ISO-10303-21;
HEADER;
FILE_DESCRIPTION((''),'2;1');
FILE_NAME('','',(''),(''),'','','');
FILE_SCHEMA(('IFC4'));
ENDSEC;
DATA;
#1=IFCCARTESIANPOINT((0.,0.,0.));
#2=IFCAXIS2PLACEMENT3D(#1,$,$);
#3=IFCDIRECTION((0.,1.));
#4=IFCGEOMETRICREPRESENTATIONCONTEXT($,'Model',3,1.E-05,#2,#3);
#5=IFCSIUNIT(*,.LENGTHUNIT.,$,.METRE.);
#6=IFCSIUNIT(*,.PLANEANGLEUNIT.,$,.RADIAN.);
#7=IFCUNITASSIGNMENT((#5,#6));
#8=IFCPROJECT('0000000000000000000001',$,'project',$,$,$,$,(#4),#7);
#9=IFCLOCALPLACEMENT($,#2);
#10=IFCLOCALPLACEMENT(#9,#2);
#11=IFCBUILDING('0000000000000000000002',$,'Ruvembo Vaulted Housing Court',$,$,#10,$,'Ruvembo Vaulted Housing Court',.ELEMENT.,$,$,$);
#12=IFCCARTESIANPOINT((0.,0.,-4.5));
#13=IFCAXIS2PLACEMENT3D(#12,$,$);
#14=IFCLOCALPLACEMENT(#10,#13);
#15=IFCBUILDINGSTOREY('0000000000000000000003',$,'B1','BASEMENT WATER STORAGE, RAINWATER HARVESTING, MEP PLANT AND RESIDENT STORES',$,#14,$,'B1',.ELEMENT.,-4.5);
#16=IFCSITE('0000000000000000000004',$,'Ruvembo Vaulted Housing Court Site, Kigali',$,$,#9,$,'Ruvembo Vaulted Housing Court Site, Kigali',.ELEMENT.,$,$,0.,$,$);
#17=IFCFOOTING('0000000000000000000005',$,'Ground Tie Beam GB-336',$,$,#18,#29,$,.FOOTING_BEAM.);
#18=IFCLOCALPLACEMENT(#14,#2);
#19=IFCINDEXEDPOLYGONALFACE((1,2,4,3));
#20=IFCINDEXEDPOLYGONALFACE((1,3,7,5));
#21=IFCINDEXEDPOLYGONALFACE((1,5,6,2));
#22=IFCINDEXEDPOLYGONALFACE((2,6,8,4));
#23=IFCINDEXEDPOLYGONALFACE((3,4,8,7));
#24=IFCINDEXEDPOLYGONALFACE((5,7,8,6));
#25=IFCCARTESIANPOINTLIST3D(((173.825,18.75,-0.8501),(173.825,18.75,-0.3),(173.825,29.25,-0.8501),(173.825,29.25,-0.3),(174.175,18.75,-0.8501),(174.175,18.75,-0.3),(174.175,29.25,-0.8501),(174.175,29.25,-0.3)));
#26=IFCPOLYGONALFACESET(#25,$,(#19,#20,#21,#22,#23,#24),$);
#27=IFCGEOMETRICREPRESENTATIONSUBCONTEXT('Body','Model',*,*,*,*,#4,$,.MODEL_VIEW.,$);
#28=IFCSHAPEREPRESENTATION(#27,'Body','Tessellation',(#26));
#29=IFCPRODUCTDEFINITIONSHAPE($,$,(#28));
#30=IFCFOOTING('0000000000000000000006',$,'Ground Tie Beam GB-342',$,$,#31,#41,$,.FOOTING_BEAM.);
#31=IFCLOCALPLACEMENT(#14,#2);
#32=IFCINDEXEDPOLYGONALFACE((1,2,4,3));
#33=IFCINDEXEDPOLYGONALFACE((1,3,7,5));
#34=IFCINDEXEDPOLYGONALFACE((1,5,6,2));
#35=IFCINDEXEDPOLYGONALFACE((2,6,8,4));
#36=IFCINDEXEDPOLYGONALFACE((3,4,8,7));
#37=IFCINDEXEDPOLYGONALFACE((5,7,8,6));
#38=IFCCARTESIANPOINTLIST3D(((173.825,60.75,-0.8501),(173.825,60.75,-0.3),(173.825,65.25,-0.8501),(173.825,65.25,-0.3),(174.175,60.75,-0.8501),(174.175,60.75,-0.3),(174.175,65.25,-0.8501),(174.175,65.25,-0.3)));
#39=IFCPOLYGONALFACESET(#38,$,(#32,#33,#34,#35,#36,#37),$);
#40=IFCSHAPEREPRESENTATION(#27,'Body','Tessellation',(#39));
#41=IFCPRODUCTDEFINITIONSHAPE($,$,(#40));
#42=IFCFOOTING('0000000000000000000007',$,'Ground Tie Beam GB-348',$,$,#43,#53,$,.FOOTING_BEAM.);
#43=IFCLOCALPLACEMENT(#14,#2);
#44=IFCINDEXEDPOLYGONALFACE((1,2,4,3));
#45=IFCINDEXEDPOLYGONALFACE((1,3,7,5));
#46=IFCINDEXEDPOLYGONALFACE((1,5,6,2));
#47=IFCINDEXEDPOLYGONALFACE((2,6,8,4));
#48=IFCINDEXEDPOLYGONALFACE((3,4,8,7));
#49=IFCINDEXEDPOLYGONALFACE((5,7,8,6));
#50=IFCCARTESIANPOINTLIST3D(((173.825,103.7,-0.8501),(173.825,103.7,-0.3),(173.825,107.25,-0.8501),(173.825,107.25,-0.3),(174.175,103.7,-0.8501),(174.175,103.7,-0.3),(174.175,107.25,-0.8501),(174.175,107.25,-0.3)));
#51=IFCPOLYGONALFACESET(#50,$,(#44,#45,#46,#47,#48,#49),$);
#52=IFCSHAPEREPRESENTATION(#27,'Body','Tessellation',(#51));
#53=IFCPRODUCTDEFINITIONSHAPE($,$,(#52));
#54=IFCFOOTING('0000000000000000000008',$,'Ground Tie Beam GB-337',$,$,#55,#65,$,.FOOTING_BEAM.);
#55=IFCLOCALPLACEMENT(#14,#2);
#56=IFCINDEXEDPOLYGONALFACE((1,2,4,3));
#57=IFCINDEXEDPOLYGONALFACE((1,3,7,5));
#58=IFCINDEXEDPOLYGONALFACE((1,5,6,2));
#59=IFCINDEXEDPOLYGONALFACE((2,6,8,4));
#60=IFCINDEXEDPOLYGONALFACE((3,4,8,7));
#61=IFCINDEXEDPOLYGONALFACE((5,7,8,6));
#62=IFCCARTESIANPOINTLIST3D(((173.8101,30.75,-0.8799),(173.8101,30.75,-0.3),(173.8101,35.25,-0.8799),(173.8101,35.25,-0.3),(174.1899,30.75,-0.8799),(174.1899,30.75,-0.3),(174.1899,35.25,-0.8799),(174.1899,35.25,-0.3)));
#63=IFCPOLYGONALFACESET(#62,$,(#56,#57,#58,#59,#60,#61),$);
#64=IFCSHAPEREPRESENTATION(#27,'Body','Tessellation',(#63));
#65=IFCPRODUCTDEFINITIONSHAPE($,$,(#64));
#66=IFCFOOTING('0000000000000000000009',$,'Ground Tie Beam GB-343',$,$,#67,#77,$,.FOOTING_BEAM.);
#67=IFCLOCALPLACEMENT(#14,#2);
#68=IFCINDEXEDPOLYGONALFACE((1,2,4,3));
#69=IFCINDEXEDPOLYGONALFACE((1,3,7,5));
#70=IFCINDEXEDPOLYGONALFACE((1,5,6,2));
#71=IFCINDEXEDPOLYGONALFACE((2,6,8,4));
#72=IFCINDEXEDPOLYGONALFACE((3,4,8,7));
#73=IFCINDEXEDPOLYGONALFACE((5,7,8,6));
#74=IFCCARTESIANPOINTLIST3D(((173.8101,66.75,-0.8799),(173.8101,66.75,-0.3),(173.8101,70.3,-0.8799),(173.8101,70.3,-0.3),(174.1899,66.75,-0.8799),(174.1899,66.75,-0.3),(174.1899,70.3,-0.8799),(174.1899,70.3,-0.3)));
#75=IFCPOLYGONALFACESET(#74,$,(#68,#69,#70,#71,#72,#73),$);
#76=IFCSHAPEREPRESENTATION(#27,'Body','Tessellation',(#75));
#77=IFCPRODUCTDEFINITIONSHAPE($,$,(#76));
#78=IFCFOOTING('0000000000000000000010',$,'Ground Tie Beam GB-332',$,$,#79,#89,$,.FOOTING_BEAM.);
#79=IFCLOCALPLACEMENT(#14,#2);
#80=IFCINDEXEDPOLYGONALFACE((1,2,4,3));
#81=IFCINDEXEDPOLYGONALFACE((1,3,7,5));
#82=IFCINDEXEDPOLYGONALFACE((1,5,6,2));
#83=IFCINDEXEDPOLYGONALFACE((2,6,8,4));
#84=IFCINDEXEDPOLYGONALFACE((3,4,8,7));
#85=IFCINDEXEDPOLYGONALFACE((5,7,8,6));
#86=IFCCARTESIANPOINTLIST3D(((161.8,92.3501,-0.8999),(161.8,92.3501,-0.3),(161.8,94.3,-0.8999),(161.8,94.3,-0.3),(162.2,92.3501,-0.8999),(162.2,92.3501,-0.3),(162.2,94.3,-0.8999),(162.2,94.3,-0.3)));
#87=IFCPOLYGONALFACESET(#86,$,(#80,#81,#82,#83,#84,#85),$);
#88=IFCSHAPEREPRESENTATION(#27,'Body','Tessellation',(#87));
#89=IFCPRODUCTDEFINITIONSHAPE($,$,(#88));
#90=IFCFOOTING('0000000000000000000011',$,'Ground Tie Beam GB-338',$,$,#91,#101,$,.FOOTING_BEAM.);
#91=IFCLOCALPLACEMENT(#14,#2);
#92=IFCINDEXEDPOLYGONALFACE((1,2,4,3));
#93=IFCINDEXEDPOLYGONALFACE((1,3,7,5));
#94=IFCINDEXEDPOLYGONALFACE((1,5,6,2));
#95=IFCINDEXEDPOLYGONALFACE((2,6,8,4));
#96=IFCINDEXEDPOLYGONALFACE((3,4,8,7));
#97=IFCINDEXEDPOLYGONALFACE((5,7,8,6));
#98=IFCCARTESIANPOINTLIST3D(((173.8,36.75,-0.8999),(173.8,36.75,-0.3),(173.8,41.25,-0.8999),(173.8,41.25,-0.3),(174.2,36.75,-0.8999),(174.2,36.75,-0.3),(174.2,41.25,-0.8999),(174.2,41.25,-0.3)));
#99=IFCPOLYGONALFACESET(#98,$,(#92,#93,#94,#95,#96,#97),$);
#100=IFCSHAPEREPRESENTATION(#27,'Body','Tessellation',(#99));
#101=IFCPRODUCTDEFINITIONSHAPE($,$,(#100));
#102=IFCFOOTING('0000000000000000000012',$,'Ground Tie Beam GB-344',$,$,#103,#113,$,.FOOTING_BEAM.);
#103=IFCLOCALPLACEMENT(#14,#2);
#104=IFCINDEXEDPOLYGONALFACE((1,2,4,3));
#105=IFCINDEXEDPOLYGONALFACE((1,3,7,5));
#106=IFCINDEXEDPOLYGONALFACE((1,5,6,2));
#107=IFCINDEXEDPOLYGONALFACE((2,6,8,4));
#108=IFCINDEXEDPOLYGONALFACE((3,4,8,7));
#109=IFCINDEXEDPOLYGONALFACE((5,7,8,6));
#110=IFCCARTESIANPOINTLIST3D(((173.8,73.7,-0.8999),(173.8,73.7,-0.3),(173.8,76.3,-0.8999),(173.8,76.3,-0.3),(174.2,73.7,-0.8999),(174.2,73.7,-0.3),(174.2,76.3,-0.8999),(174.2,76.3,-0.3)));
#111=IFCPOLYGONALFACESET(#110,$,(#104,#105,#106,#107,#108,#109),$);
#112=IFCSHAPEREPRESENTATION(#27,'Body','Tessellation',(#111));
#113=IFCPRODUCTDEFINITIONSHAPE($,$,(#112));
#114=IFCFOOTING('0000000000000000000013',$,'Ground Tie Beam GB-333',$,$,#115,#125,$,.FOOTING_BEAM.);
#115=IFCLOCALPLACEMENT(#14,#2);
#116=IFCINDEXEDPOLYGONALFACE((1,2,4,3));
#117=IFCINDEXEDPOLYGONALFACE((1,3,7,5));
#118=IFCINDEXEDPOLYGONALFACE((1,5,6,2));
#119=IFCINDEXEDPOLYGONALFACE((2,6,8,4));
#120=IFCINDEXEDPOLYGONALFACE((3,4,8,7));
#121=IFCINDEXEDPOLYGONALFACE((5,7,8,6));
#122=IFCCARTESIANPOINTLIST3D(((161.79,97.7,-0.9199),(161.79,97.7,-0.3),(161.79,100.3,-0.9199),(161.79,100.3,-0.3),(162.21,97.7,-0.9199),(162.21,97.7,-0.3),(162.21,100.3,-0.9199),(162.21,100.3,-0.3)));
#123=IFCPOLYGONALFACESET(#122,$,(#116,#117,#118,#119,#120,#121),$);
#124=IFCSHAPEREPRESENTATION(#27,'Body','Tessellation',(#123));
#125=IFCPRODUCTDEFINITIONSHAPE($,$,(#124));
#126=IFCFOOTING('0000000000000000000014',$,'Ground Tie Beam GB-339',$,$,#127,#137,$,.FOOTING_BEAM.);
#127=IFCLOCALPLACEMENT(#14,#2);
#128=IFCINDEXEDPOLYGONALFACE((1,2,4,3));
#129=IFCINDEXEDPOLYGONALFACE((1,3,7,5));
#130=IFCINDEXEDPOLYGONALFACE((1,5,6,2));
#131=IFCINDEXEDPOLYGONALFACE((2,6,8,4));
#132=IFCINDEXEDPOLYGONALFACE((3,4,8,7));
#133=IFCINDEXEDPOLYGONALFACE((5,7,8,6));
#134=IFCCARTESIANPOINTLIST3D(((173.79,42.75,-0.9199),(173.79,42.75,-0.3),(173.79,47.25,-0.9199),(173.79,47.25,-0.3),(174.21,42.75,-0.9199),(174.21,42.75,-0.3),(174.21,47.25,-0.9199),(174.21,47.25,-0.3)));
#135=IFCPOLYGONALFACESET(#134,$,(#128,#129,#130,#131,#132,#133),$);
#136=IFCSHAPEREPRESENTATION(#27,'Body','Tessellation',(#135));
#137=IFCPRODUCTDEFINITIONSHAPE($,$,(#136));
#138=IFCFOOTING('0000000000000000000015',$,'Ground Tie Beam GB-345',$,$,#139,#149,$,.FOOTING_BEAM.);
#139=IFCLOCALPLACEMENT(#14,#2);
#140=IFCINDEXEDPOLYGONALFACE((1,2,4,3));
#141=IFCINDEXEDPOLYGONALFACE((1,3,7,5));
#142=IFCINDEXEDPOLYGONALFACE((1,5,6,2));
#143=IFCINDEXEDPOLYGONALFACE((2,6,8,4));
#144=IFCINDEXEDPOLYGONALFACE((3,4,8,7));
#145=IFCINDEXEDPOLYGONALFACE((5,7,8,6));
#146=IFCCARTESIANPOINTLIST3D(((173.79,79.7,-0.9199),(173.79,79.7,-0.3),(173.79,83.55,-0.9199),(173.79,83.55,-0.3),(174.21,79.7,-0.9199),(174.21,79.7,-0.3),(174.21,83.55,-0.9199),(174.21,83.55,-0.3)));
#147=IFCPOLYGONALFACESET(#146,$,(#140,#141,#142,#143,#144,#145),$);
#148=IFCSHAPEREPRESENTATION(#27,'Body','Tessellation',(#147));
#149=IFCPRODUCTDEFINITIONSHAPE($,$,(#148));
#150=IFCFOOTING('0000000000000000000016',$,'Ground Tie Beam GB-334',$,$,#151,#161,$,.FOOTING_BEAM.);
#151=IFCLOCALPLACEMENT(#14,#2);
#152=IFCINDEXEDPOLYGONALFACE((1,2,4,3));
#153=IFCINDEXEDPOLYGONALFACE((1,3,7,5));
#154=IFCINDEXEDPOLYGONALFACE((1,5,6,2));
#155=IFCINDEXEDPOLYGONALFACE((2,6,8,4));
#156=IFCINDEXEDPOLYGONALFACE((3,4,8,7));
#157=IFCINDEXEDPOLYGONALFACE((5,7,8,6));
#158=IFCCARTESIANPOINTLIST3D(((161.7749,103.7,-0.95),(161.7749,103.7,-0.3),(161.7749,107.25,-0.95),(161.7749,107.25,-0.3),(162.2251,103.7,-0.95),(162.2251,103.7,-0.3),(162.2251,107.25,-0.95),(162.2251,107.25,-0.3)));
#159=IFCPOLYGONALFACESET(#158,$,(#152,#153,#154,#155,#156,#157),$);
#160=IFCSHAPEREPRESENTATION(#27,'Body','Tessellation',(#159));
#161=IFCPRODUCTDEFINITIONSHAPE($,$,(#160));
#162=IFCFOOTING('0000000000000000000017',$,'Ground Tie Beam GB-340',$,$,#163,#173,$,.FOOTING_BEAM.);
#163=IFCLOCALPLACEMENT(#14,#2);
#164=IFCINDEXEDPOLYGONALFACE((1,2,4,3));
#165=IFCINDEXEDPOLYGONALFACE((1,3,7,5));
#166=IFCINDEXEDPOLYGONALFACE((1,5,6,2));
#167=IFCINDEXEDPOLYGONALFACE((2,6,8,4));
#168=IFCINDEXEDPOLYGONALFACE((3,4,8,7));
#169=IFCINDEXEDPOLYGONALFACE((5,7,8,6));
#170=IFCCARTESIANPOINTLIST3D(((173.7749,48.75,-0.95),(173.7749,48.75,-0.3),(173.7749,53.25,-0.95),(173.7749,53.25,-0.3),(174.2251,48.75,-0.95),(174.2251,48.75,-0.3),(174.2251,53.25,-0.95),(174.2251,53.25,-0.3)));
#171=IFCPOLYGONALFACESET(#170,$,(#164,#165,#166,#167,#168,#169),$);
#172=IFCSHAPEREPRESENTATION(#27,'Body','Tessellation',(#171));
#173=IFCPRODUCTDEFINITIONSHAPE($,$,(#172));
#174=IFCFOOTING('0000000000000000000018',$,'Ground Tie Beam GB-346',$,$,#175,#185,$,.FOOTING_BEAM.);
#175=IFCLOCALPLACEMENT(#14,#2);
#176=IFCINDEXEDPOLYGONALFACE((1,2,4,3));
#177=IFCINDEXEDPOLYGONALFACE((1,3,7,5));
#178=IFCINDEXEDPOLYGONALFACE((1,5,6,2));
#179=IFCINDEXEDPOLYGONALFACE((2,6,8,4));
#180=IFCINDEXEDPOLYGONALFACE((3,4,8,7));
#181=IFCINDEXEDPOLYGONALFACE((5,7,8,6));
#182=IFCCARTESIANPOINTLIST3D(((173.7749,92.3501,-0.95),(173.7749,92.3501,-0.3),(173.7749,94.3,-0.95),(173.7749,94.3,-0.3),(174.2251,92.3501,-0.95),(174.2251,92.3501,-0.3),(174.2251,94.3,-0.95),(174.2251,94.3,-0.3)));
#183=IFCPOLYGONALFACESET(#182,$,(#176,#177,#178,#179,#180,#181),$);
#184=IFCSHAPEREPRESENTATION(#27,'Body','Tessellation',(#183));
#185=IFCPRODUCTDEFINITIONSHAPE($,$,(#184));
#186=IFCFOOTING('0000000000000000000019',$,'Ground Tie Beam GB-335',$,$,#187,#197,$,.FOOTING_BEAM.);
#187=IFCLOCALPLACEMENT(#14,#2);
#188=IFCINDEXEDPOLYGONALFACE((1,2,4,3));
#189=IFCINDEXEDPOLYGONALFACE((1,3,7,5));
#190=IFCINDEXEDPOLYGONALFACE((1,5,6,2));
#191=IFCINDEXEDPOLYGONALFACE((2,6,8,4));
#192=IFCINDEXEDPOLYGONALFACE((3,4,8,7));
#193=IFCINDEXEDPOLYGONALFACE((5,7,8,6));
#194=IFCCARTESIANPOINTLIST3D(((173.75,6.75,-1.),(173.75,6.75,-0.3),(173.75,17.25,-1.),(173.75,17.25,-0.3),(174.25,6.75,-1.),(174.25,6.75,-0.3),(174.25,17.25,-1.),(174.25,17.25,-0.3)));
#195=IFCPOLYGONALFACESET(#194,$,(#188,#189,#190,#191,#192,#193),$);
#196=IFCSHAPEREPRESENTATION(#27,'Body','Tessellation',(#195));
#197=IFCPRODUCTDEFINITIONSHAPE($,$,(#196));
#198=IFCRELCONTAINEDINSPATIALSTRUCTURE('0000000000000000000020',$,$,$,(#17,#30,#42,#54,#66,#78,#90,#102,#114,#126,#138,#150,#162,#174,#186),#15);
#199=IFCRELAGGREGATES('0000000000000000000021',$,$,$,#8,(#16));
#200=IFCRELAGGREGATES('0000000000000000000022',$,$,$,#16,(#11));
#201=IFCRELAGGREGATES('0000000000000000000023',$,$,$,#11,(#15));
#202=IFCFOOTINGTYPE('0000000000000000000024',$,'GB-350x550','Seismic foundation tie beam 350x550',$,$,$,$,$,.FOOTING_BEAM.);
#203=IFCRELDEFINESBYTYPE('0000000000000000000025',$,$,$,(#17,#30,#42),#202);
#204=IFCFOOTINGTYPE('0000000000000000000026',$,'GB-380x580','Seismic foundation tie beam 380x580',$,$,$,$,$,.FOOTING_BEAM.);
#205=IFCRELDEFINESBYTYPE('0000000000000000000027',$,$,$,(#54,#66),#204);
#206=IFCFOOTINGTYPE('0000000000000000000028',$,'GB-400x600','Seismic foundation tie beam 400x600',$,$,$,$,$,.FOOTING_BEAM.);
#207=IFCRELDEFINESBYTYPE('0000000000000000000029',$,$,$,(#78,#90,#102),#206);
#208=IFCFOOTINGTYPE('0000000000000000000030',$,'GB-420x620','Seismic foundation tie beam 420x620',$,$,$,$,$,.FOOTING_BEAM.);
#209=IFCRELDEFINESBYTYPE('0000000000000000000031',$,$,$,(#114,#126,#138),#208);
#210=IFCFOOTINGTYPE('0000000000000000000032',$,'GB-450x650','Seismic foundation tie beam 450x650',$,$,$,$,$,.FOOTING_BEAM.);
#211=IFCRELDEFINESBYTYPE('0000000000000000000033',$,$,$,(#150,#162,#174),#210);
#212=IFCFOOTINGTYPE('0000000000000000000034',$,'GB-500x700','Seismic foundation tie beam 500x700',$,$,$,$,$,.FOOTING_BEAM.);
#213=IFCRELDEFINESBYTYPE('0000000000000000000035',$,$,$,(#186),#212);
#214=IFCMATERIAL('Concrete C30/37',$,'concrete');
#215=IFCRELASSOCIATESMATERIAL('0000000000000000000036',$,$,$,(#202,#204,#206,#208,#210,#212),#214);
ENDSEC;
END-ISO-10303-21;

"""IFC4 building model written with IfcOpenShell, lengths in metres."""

from ifc_helpers import new_model, si_unit, direction, frame, origin, place, context, subcontext, project, spatial, polyline, outline, extrude, material, type_object, element, save


model = new_model("IFC4")

# Units and contexts
model_context = context("Model", 3, precision=1e-05, world=origin(), true_north=direction((0.0, 1.0)))
body_context = subcontext(model_context, "Body", "Model", "MODEL_VIEW")
ifc_project = project(units=[si_unit("LENGTHUNIT", "METRE"), si_unit("PLANEANGLEUNIT", "RADIAN")], contexts=[model_context])

# Site, building, storey
site_placement = place(None, origin())
site = spatial("IfcSite", under=ifc_project, at=site_placement, Name="Ruvembo Vaulted Housing Court Site, Kigali", LongName="Ruvembo Vaulted Housing Court Site, Kigali", CompositionType="ELEMENT", RefElevation=0.0)
building_placement = place(site_placement, origin())
building = spatial("IfcBuilding", under=site, at=building_placement, Name="Ruvembo Vaulted Housing Court", LongName="Ruvembo Vaulted Housing Court", CompositionType="ELEMENT")
storey_placement = place(building_placement, frame((0.0, 0.0, -4.5)))
storey = spatial("IfcBuildingStorey", under=building, at=storey_placement, Name="B1", Description="BASEMENT WATER STORAGE, RAINWATER HARVESTING, MEP PLANT AND RESIDENT STORES", LongName="B1", CompositionType="ELEMENT", Elevation=-4.5)

# Footings
ifc_material_1 = material(Name="Concrete C30/37", Category="concrete")
footing_type_1 = type_object("IfcFootingType", Name="GB-350x550", Description="Seismic foundation tie beam 350x550", PredefinedType="FOOTING_BEAM", material=ifc_material_1)
footing_1_placement = place(storey_placement, frame((0.0, 0.0, -0.8501)))
element("IfcFooting", 1, at=footing_1_placement, inside=storey, type_object=footing_type_1, Name="Ground Tie Beam GB-336", PredefinedType="FOOTING_BEAM", context=body_context, shape_type="SweptSolid", body=[
    extrude(outline(polyline([(173.825, 18.75), (174.175, 18.75), (174.175, 29.25), (173.825, 29.25), (173.825, 18.75)])), origin(), (0.0, 0.0, 1.0), 0.55),
])
footing_2_placement = place(storey_placement, frame((0.0, 0.0, -0.8501)))
element("IfcFooting", 2, at=footing_2_placement, inside=storey, type_object=footing_type_1, Name="Ground Tie Beam GB-342", PredefinedType="FOOTING_BEAM", context=body_context, shape_type="SweptSolid", body=[
    extrude(outline(polyline([(173.825, 60.75), (174.175, 60.75), (174.175, 65.25), (173.825, 65.25), (173.825, 60.75)])), origin(), (0.0, 0.0, 1.0), 0.55),
])
footing_3_placement = place(storey_placement, frame((0.0, 0.0, -0.8501)))
element("IfcFooting", 3, at=footing_3_placement, inside=storey, type_object=footing_type_1, Name="Ground Tie Beam GB-348", PredefinedType="FOOTING_BEAM", context=body_context, shape_type="SweptSolid", body=[
    extrude(outline(polyline([(173.825, 103.7), (174.175, 103.7), (174.175, 107.25), (173.825, 107.25), (173.825, 103.7)])), origin(), (0.0, 0.0, 1.0), 0.55),
])
footing_type_2 = type_object("IfcFootingType", Name="GB-380x580", Description="Seismic foundation tie beam 380x580", PredefinedType="FOOTING_BEAM", material=ifc_material_1)
footing_4_placement = place(storey_placement, frame((0.0, 0.0, -0.8799)))
element("IfcFooting", 4, at=footing_4_placement, inside=storey, type_object=footing_type_2, Name="Ground Tie Beam GB-337", PredefinedType="FOOTING_BEAM", context=body_context, shape_type="SweptSolid", body=[
    extrude(outline(polyline([(173.8101, 30.75), (174.1899, 30.75), (174.1899, 35.25), (173.8101, 35.25), (173.8101, 30.75)])), origin(), (0.0, 0.0, 1.0), 0.5798),
])
footing_5_placement = place(storey_placement, frame((0.0, 0.0, -0.8799)))
element("IfcFooting", 5, at=footing_5_placement, inside=storey, type_object=footing_type_2, Name="Ground Tie Beam GB-343", PredefinedType="FOOTING_BEAM", context=body_context, shape_type="SweptSolid", body=[
    extrude(outline(polyline([(173.8101, 66.75), (174.1899, 66.75), (174.1899, 70.3), (173.8101, 70.3), (173.8101, 66.75)])), origin(), (0.0, 0.0, 1.0), 0.5798),
])
footing_type_3 = type_object("IfcFootingType", Name="GB-400x600", Description="Seismic foundation tie beam 400x600", PredefinedType="FOOTING_BEAM", material=ifc_material_1)
footing_6_placement = place(storey_placement, frame((0.0, 0.0, -0.8999)))
element("IfcFooting", 6, at=footing_6_placement, inside=storey, type_object=footing_type_3, Name="Ground Tie Beam GB-332", PredefinedType="FOOTING_BEAM", context=body_context, shape_type="SweptSolid", body=[
    extrude(outline(polyline([(161.8, 92.3501), (162.2, 92.3501), (162.2, 94.3), (161.8, 94.3), (161.8, 92.3501)])), origin(), (0.0, 0.0, 1.0), 0.5999),
])
footing_7_placement = place(storey_placement, frame((0.0, 0.0, -0.8999)))
element("IfcFooting", 7, at=footing_7_placement, inside=storey, type_object=footing_type_3, Name="Ground Tie Beam GB-338", PredefinedType="FOOTING_BEAM", context=body_context, shape_type="SweptSolid", body=[
    extrude(outline(polyline([(173.8, 36.75), (174.2, 36.75), (174.2, 41.25), (173.8, 41.25), (173.8, 36.75)])), origin(), (0.0, 0.0, 1.0), 0.5999),
])
footing_8_placement = place(storey_placement, frame((0.0, 0.0, -0.8999)))
element("IfcFooting", 8, at=footing_8_placement, inside=storey, type_object=footing_type_3, Name="Ground Tie Beam GB-344", PredefinedType="FOOTING_BEAM", context=body_context, shape_type="SweptSolid", body=[
    extrude(outline(polyline([(173.8, 73.7), (174.2, 73.7), (174.2, 76.3), (173.8, 76.3), (173.8, 73.7)])), origin(), (0.0, 0.0, 1.0), 0.5999),
])
footing_type_4 = type_object("IfcFootingType", Name="GB-420x620", Description="Seismic foundation tie beam 420x620", PredefinedType="FOOTING_BEAM", material=ifc_material_1)
footing_9_placement = place(storey_placement, frame((0.0, 0.0, -0.9199)))
element("IfcFooting", 9, at=footing_9_placement, inside=storey, type_object=footing_type_4, Name="Ground Tie Beam GB-333", PredefinedType="FOOTING_BEAM", context=body_context, shape_type="SweptSolid", body=[
    extrude(outline(polyline([(161.79, 97.7), (162.21, 97.7), (162.21, 100.3), (161.79, 100.3), (161.79, 97.7)])), origin(), (0.0, 0.0, 1.0), 0.6199),
])
footing_10_placement = place(storey_placement, frame((0.0, 0.0, -0.9199)))
element("IfcFooting", 10, at=footing_10_placement, inside=storey, type_object=footing_type_4, Name="Ground Tie Beam GB-339", PredefinedType="FOOTING_BEAM", context=body_context, shape_type="SweptSolid", body=[
    extrude(outline(polyline([(173.79, 42.75), (174.21, 42.75), (174.21, 47.25), (173.79, 47.25), (173.79, 42.75)])), origin(), (0.0, 0.0, 1.0), 0.6199),
])
footing_11_placement = place(storey_placement, frame((0.0, 0.0, -0.9199)))
element("IfcFooting", 11, at=footing_11_placement, inside=storey, type_object=footing_type_4, Name="Ground Tie Beam GB-345", PredefinedType="FOOTING_BEAM", context=body_context, shape_type="SweptSolid", body=[
    extrude(outline(polyline([(173.79, 79.7), (174.21, 79.7), (174.21, 83.55), (173.79, 83.55), (173.79, 79.7)])), origin(), (0.0, 0.0, 1.0), 0.6199),
])
footing_type_5 = type_object("IfcFootingType", Name="GB-450x650", Description="Seismic foundation tie beam 450x650", PredefinedType="FOOTING_BEAM", material=ifc_material_1)
footing_12_placement = place(storey_placement, frame((0.0, 0.0, -0.95)))
element("IfcFooting", 12, at=footing_12_placement, inside=storey, type_object=footing_type_5, Name="Ground Tie Beam GB-334", PredefinedType="FOOTING_BEAM", context=body_context, shape_type="SweptSolid", body=[
    extrude(outline(polyline([(161.7749, 103.7), (162.2251, 103.7), (162.2251, 107.25), (161.7749, 107.25), (161.7749, 103.7)])), origin(), (0.0, 0.0, 1.0), 0.6499),
])
footing_13_placement = place(storey_placement, frame((0.0, 0.0, -0.95)))
element("IfcFooting", 13, at=footing_13_placement, inside=storey, type_object=footing_type_5, Name="Ground Tie Beam GB-340", PredefinedType="FOOTING_BEAM", context=body_context, shape_type="SweptSolid", body=[
    extrude(outline(polyline([(173.7749, 48.75), (174.2251, 48.75), (174.2251, 53.25), (173.7749, 53.25), (173.7749, 48.75)])), origin(), (0.0, 0.0, 1.0), 0.6499),
])
footing_14_placement = place(storey_placement, frame((0.0, 0.0, -0.95)))
element("IfcFooting", 14, at=footing_14_placement, inside=storey, type_object=footing_type_5, Name="Ground Tie Beam GB-346", PredefinedType="FOOTING_BEAM", context=body_context, shape_type="SweptSolid", body=[
    extrude(outline(polyline([(173.7749, 92.3501), (174.2251, 92.3501), (174.2251, 94.3), (173.7749, 94.3), (173.7749, 92.3501)])), origin(), (0.0, 0.0, 1.0), 0.6499),
])
footing_type_6 = type_object("IfcFootingType", Name="GB-500x700", Description="Seismic foundation tie beam 500x700", PredefinedType="FOOTING_BEAM", material=ifc_material_1)
footing_15_placement = place(storey_placement, frame((0.0, 0.0, -1.0)))
element("IfcFooting", 15, at=footing_15_placement, inside=storey, type_object=footing_type_6, Name="Ground Tie Beam GB-335", PredefinedType="FOOTING_BEAM", context=body_context, shape_type="SweptSolid", body=[
    extrude(outline(polyline([(173.75, 6.75), (174.25, 6.75), (174.25, 17.25), (173.75, 17.25), (173.75, 6.75)])), origin(), (0.0, 0.0, 1.0), 0.7),
])

save(model, "model.ifc")
